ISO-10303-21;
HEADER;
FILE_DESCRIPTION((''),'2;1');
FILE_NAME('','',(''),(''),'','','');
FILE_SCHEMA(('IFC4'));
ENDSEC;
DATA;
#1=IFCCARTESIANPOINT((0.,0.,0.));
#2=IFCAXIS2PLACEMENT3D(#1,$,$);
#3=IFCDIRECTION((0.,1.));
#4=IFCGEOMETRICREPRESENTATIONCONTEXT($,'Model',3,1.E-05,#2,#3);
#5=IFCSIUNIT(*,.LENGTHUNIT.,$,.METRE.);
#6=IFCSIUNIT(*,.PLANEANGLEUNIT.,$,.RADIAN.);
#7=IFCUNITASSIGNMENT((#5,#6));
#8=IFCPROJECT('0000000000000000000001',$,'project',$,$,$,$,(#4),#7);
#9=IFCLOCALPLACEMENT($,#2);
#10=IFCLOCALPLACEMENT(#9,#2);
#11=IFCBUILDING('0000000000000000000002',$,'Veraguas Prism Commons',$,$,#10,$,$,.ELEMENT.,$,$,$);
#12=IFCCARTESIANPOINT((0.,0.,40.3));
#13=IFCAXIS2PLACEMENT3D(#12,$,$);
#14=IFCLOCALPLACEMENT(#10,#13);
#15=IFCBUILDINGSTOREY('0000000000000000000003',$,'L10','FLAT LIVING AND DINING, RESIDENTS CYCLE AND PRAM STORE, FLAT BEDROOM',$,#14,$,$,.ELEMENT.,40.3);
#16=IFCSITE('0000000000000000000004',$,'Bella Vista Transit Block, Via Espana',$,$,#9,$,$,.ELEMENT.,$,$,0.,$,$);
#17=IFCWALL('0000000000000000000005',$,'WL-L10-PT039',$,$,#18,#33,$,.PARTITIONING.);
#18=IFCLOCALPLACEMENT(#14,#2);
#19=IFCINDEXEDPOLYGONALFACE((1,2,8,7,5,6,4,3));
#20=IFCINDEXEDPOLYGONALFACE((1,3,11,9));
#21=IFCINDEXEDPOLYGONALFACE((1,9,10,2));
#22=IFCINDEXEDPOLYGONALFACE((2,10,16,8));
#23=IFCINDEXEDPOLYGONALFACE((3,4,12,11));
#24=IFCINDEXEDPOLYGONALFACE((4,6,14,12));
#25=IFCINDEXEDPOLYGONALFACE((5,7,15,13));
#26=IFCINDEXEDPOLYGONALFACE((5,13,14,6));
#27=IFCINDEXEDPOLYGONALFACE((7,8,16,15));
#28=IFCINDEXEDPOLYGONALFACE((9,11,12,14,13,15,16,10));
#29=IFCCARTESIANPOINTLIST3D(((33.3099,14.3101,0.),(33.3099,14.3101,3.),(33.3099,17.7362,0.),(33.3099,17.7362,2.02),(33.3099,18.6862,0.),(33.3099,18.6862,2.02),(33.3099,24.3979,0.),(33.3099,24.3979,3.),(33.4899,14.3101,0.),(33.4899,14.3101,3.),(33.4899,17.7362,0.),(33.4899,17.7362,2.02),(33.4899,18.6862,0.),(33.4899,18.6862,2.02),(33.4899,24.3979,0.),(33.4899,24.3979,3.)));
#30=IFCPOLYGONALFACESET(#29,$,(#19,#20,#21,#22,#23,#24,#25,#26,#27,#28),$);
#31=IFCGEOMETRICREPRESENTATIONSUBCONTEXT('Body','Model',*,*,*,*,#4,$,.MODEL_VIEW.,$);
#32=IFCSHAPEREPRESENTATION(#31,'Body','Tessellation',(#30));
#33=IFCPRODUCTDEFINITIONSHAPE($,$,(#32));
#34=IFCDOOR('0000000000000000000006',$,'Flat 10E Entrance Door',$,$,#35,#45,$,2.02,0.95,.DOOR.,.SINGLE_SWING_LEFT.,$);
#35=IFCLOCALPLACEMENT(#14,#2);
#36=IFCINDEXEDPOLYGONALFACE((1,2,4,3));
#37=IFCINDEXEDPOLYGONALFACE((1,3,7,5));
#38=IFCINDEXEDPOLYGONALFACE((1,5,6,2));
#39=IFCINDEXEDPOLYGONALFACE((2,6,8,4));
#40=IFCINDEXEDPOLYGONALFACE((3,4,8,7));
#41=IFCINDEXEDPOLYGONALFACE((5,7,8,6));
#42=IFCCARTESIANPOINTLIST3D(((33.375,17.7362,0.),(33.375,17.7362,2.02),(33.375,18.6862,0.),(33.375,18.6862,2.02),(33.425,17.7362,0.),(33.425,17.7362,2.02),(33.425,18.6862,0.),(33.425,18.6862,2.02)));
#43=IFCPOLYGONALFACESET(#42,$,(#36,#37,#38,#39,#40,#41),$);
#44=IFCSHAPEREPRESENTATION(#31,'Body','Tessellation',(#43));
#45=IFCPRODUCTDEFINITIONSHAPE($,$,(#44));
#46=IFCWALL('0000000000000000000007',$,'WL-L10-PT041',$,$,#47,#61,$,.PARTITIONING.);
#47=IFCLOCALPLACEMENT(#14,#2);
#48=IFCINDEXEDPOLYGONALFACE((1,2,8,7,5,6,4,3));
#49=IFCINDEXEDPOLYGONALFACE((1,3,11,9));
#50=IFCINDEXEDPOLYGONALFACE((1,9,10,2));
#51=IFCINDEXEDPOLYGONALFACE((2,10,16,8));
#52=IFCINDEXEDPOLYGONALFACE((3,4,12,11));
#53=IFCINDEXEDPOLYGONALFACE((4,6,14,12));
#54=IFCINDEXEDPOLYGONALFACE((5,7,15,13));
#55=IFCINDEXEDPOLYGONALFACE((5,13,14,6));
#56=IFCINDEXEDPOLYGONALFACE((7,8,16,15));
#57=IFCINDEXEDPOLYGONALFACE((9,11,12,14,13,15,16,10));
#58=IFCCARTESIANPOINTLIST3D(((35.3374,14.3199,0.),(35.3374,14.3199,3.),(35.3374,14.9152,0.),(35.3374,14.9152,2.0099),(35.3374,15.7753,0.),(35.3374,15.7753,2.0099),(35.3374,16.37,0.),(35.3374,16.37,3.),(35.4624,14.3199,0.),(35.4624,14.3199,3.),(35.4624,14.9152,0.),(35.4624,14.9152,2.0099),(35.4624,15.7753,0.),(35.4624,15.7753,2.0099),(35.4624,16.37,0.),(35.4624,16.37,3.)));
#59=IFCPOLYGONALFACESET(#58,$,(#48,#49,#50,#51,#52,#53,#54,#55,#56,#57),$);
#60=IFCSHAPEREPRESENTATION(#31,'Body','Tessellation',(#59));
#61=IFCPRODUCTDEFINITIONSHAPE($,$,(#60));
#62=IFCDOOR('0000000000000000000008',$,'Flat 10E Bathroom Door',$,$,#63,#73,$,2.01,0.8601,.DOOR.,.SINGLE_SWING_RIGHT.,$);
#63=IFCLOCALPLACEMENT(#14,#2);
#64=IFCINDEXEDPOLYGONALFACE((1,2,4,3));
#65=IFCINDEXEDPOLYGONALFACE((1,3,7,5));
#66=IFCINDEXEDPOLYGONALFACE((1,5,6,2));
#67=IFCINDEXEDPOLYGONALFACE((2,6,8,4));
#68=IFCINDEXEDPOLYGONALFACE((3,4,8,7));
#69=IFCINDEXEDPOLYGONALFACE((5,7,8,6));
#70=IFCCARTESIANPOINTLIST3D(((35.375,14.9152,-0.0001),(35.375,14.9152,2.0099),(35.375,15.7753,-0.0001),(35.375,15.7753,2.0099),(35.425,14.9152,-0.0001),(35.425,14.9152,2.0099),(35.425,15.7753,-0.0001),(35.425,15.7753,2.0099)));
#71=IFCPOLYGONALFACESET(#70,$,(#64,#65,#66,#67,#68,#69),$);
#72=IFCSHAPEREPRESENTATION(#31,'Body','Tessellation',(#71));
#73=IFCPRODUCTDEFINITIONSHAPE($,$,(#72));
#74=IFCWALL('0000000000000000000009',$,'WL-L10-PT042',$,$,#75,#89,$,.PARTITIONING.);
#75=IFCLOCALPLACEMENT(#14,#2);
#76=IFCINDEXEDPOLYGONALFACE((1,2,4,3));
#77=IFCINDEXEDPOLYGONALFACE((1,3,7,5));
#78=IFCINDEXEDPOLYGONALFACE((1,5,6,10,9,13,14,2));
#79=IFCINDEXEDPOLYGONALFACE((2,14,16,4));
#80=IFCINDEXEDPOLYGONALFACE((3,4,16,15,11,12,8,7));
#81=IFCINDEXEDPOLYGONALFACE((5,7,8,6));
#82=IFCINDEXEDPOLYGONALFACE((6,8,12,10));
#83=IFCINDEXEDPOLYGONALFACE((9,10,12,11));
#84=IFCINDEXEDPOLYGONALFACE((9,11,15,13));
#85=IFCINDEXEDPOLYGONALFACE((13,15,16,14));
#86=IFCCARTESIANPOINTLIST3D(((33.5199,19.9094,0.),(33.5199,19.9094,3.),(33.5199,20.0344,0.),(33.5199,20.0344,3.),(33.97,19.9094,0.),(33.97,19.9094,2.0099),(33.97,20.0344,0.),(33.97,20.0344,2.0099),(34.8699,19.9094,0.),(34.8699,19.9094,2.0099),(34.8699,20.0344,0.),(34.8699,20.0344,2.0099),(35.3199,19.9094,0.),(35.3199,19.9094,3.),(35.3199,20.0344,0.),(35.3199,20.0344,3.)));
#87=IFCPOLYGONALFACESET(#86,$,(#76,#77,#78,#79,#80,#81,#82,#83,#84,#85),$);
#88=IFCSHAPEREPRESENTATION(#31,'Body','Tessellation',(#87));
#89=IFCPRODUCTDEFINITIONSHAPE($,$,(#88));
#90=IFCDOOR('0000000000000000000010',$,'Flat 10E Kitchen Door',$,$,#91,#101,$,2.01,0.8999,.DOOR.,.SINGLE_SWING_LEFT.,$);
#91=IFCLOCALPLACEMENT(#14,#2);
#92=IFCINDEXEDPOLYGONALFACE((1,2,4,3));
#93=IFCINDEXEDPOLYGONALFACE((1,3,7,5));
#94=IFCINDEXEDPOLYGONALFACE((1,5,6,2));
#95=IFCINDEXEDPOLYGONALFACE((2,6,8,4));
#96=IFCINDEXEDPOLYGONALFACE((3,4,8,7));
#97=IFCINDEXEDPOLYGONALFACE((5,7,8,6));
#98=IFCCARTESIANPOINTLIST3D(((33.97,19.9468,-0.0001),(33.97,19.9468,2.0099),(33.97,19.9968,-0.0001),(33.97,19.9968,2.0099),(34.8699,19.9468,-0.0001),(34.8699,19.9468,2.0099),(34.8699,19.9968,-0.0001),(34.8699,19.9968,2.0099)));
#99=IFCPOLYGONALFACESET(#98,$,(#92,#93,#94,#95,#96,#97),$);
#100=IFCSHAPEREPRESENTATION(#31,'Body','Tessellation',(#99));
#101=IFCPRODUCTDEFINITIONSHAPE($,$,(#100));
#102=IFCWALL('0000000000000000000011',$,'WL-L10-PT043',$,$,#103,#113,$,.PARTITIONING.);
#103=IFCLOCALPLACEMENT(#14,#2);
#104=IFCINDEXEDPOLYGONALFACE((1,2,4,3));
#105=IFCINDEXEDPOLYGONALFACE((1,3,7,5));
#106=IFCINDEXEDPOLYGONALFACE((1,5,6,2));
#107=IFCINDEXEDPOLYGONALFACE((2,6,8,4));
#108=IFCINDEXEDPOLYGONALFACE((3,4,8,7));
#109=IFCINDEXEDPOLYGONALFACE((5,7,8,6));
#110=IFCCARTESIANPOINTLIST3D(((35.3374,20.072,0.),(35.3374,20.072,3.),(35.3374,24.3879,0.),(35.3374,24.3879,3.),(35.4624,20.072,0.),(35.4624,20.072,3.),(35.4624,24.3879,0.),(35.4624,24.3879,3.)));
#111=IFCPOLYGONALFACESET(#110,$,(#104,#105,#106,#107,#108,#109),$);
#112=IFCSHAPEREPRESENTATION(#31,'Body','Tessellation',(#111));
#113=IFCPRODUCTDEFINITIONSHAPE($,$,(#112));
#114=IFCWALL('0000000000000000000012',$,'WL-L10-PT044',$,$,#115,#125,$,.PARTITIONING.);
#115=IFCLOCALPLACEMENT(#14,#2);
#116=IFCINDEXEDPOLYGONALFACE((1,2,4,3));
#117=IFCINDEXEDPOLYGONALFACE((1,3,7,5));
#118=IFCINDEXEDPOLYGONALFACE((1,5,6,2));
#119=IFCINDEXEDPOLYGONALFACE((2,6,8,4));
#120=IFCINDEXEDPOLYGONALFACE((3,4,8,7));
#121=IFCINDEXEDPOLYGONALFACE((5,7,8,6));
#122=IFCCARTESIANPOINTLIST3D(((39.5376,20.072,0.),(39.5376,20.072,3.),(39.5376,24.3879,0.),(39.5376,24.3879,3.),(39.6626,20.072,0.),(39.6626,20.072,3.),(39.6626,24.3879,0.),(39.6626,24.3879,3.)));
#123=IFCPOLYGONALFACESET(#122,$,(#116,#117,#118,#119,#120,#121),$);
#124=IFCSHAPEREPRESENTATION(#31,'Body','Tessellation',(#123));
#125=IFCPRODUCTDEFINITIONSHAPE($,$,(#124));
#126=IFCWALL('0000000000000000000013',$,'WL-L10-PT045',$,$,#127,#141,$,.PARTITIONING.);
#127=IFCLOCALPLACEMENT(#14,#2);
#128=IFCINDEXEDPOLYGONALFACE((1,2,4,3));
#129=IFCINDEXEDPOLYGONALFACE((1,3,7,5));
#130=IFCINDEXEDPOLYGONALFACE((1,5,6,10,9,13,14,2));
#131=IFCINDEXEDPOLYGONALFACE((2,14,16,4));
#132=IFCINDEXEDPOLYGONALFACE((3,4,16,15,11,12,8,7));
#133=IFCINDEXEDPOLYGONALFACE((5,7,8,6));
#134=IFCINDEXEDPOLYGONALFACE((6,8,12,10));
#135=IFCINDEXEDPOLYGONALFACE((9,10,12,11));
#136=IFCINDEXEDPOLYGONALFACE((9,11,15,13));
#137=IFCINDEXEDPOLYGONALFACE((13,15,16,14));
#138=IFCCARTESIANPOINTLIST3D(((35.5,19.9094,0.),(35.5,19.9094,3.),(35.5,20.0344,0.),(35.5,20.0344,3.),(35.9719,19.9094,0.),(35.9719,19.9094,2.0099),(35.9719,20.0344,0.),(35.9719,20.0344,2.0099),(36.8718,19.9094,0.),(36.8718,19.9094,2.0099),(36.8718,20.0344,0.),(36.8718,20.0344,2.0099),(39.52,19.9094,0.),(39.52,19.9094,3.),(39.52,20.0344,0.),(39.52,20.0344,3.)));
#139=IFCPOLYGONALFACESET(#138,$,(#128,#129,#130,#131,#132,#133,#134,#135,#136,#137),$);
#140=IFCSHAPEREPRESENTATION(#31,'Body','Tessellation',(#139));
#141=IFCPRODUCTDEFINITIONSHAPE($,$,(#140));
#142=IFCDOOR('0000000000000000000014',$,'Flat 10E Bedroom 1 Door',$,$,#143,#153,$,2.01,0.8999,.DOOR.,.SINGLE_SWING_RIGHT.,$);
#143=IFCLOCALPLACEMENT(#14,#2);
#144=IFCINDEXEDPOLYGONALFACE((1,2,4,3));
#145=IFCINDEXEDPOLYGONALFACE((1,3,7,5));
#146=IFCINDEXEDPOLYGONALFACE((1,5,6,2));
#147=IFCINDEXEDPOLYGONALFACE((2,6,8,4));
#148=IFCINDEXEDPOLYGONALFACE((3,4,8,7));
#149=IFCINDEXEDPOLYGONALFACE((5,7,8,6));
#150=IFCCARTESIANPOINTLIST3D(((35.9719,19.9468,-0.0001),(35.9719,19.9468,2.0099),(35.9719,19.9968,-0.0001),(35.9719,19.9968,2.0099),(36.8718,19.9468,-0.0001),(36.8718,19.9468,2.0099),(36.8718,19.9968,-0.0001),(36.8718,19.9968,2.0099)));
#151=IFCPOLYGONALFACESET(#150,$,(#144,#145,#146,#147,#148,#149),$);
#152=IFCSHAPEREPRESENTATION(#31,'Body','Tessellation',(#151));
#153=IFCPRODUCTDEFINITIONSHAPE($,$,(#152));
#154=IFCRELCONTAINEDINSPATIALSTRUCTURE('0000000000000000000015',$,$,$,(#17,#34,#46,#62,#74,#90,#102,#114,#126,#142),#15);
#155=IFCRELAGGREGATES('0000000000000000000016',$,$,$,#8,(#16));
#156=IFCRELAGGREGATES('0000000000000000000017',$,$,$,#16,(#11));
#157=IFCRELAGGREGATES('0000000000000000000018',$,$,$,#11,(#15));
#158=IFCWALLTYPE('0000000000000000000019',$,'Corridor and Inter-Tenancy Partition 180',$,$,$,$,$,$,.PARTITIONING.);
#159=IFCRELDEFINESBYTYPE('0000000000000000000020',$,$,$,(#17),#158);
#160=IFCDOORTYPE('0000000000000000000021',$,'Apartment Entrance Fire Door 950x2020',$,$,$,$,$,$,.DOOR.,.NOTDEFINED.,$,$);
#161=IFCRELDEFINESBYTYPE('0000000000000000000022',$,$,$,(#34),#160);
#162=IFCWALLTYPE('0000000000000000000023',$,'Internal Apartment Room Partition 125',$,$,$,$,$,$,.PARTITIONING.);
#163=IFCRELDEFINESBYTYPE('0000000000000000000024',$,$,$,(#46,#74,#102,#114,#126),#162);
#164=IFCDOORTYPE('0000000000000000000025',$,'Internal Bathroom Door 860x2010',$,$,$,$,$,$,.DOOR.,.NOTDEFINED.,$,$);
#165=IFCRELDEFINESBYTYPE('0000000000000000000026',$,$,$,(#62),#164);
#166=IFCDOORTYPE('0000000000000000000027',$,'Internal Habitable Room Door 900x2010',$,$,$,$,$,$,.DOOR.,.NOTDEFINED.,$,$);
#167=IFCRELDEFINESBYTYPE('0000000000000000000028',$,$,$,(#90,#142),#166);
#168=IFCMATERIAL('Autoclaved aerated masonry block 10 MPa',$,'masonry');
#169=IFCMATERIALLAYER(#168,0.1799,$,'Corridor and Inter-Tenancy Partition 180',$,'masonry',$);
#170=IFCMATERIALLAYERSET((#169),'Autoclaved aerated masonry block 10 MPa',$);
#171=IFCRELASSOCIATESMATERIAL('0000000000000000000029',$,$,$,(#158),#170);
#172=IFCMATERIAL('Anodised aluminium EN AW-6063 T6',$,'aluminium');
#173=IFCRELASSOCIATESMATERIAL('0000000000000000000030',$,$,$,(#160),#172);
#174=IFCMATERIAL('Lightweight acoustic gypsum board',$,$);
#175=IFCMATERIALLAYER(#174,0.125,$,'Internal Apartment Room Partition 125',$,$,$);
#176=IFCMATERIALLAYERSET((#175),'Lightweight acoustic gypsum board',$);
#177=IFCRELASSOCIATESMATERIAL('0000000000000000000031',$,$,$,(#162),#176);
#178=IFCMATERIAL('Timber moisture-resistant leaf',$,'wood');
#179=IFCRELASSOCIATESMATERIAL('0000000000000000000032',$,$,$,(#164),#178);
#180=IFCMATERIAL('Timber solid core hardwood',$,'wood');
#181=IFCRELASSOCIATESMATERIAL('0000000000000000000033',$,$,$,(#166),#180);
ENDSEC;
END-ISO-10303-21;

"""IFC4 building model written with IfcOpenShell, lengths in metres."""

from ifc_helpers import new_model, si_unit, direction, frame, frame_2d, origin, place, context, subcontext, project, spatial, rectangle, extrude, source, transform, mapped, material, layer, layer_set, type_object, element, fill, save


model = new_model("IFC4")

# Units and contexts
model_context = context("Model", 3, precision=1e-05, world=origin(), true_north=direction((0.0, 1.0)))
body_context = subcontext(model_context, "Body", "Model", "MODEL_VIEW")
ifc_project = project(units=[si_unit("LENGTHUNIT", "METRE"), si_unit("PLANEANGLEUNIT", "RADIAN")], contexts=[model_context])

# Site, building, storey
site_placement = place(None, origin())
site = spatial("IfcSite", under=ifc_project, at=site_placement, Name="Bella Vista Transit Block, Via Espana", CompositionType="ELEMENT", RefElevation=0.0)
building_placement = place(site_placement, origin())
building = spatial("IfcBuilding", under=site, at=building_placement, Name="Veraguas Prism Commons", CompositionType="ELEMENT")
storey_placement = place(building_placement, frame((0.0, 0.0, 40.3)))
storey = spatial("IfcBuildingStorey", under=building, at=storey_placement, Name="L10", Description="FLAT LIVING AND DINING, RESIDENTS CYCLE AND PRAM STORE, FLAT BEDROOM", CompositionType="ELEMENT", Elevation=40.3)

# Shared definitions
ifc_material_1 = material(Name="Anodised aluminium EN AW-6063 T6", Category="aluminium")

# Walls, openings, doors
ifc_material_2 = material(Name="Autoclaved aerated masonry block 10 MPa", Category="masonry")
ifc_layer_1 = layer(ifc_material_2, 0.1799, Name="Corridor and Inter-Tenancy Partition 180", Category="masonry")
ifc_layer_set_1 = layer_set([ifc_layer_1], Name="Autoclaved aerated masonry block 10 MPa")
wall_type_1 = type_object("IfcWallType", Name="Corridor and Inter-Tenancy Partition 180", PredefinedType="PARTITIONING", material=ifc_layer_set_1)
wall_1_placement = place(storey_placement, frame((33.3999, 14.3101, 0.0), z_axis=(0.0, 0.0, 1.0), x_axis=(0.0, 1.0, 0.0)))
wall_1 = element("IfcWall", 1, at=wall_1_placement, inside=storey, type_object=wall_type_1, Name="WL-L10-PT039", PredefinedType="PARTITIONING", context=body_context, shape_type="SweptSolid", body=[
    extrude(rectangle(XDim=10.0879, YDim=0.1799, at=frame_2d((5.0439, 0.0))), origin(), (0.0, 0.0, 1.0), 3.0),
])
opening_1_placement = place(wall_1_placement, frame((3.426, 0.0, 0.0)))
opening_1 = element("IfcOpeningElement", 2, at=opening_1_placement, cuts=wall_1, PredefinedType="OPENING", context=body_context, shape_type="SweptSolid", body=[
    extrude(rectangle(XDim=0.95, YDim=2.02, at=frame_2d((0.4751, 1.01))), frame((0.0, 0.0999, 0.0), z_axis=(0.0, -1.0, 0.0), x_axis=(1.0, 0.0, 0.0)), (0.0, 0.0, 1.0), 0.2),
])
door_type_1 = type_object("IfcDoorType", Name="Apartment Entrance Fire Door 950x2020", OperationType="NOTDEFINED", PredefinedType="DOOR", material=ifc_material_1)
shared_shape_1 = source(origin(), body_context, "Body", "SweptSolid", [
    extrude(rectangle(XDim=0.95, YDim=2.02, at=frame_2d((0.4751, 1.01))), frame((0.0, 0.0249, 0.0), z_axis=(0.0, -1.0, 0.0), x_axis=(1.0, 0.0, 0.0)), (0.0, 0.0, 1.0), 0.05),
])
door_1_placement = place(opening_1_placement, origin())
door_1 = element("IfcDoor", 3, at=door_1_placement, inside=storey, type_object=door_type_1, Name="Flat 10E Entrance Door", OperationType="SINGLE_SWING_LEFT", OverallHeight=2.02, OverallWidth=0.95, PredefinedType="DOOR", context=body_context, shape_type="MappedRepresentation", body=[
    mapped(shared_shape_1, transform((0.0, 0.0, 0.0), scale=1.0)),
])
fill(opening_1, door_1)
ifc_material_3 = material(Name="Lightweight acoustic gypsum board")
ifc_layer_2 = layer(ifc_material_3, 0.125, Name="Internal Apartment Room Partition 125")
ifc_layer_set_2 = layer_set([ifc_layer_2], Name="Lightweight acoustic gypsum board")
wall_type_2 = type_object("IfcWallType", Name="Internal Apartment Room Partition 125", PredefinedType="PARTITIONING", material=ifc_layer_set_2)
wall_2_placement = place(storey_placement, frame((35.3999, 14.3201, 0.0), z_axis=(0.0, 0.0, 1.0), x_axis=(0.0, 1.0, 0.0)))
wall_2 = element("IfcWall", 4, at=wall_2_placement, inside=storey, type_object=wall_type_2, Name="WL-L10-PT041", PredefinedType="PARTITIONING", context=body_context, shape_type="SweptSolid", body=[
    extrude(rectangle(XDim=2.05, YDim=0.125, at=frame_2d((1.0249, 0.0))), origin(), (0.0, 0.0, 1.0), 3.0),
])
opening_2_placement = place(wall_2_placement, frame((0.595, 0.0, 0.0)))
opening_2 = element("IfcOpeningElement", 5, at=opening_2_placement, cuts=wall_2, PredefinedType="OPENING", context=body_context, shape_type="SweptSolid", body=[
    extrude(rectangle(XDim=0.8601, YDim=2.01, at=frame_2d((0.4302, 1.0049))), frame((0.0, 0.0725, 0.0), z_axis=(0.0, -1.0, 0.0), x_axis=(1.0, 0.0, 0.0)), (0.0, 0.0, 1.0), 0.145),
])
ifc_material_4 = material(Name="Timber moisture-resistant leaf", Category="wood")
door_type_2 = type_object("IfcDoorType", Name="Internal Bathroom Door 860x2010", OperationType="NOTDEFINED", PredefinedType="DOOR", material=ifc_material_4)
shared_shape_2 = source(origin(), body_context, "Body", "SweptSolid", [
    extrude(rectangle(XDim=0.8601, YDim=2.01, at=frame_2d((0.4302, 1.0049))), frame((0.0, 0.0249, 0.0), z_axis=(0.0, -1.0, 0.0), x_axis=(1.0, 0.0, 0.0)), (0.0, 0.0, 1.0), 0.05),
])
door_2_placement = place(opening_2_placement, origin())
door_2 = element("IfcDoor", 6, at=door_2_placement, inside=storey, type_object=door_type_2, Name="Flat 10E Bathroom Door", OperationType="SINGLE_SWING_RIGHT", OverallHeight=2.01, OverallWidth=0.8601, PredefinedType="DOOR", context=body_context, shape_type="MappedRepresentation", body=[
    mapped(shared_shape_2, transform((0.0, 0.0, 0.0), scale=1.0)),
])
fill(opening_2, door_2)
wall_3_placement = place(storey_placement, frame((33.52, 19.9719, 0.0), z_axis=(0.0, 0.0, 1.0), x_axis=(1.0, 0.0, 0.0)))
wall_3 = element("IfcWall", 7, at=wall_3_placement, inside=storey, type_object=wall_type_2, Name="WL-L10-PT042", PredefinedType="PARTITIONING", context=body_context, shape_type="SweptSolid", body=[
    extrude(rectangle(XDim=1.8, YDim=0.125, at=frame_2d((0.8999, 0.0))), origin(), (0.0, 0.0, 1.0), 3.0),
])
opening_3_placement = place(wall_3_placement, frame((0.45, 0.0, 0.0)))
opening_3 = element("IfcOpeningElement", 8, at=opening_3_placement, cuts=wall_3, PredefinedType="OPENING", context=body_context, shape_type="SweptSolid", body=[
    extrude(rectangle(XDim=0.8999, YDim=2.01, at=frame_2d((0.45, 1.0049))), frame((0.0, 0.0725, 0.0), z_axis=(0.0, -1.0, 0.0), x_axis=(1.0, 0.0, 0.0)), (0.0, 0.0, 1.0), 0.145),
])
ifc_material_5 = material(Name="Timber solid core hardwood", Category="wood")
door_type_3 = type_object("IfcDoorType", Name="Internal Habitable Room Door 900x2010", OperationType="NOTDEFINED", PredefinedType="DOOR", material=ifc_material_5)
shared_shape_3 = source(origin(), body_context, "Body", "SweptSolid", [
    extrude(rectangle(XDim=0.8999, YDim=2.01, at=frame_2d((0.45, 1.0049))), frame((0.0, 0.0249, 0.0), z_axis=(0.0, -1.0, 0.0), x_axis=(1.0, 0.0, 0.0)), (0.0, 0.0, 1.0), 0.05),
])
door_3_placement = place(opening_3_placement, origin())
door_3 = element("IfcDoor", 9, at=door_3_placement, inside=storey, type_object=door_type_3, Name="Flat 10E Kitchen Door", OperationType="SINGLE_SWING_LEFT", OverallHeight=2.01, OverallWidth=0.8999, PredefinedType="DOOR", context=body_context, shape_type="MappedRepresentation", body=[
    mapped(shared_shape_3, transform((0.0, 0.0, 0.0), scale=1.0)),
])
fill(opening_3, door_3)

# Walls
for number, where, z_axis, x_axis, name in (
    (10, (35.3999, 20.072, 0.0), (0.0, 0.0, 1.0), (0.0, 1.0, 0.0), "WL-L10-PT043"),
    (11, (39.6001, 20.072, 0.0), (0.0, 0.0, 1.0), (0.0, 1.0, 0.0), "WL-L10-PT044"),
):
    element("IfcWall", number, at=place(storey_placement, frame(where, z_axis=z_axis, x_axis=x_axis)), inside=storey, type_object=wall_type_2, Name=name, PredefinedType="PARTITIONING", context=body_context, shape_type="SweptSolid", body=[
        extrude(rectangle(XDim=4.3159, YDim=0.125, at=frame_2d((2.158, 0.0))), origin(), (0.0, 0.0, 1.0), 3.0),
    ])

# Wall, opening, door
wall_4_placement = place(storey_placement, frame((35.5, 19.9719, 0.0), z_axis=(0.0, 0.0, 1.0), x_axis=(1.0, 0.0, 0.0)))
wall_4 = element("IfcWall", 12, at=wall_4_placement, inside=storey, type_object=wall_type_2, Name="WL-L10-PT045", PredefinedType="PARTITIONING", context=body_context, shape_type="SweptSolid", body=[
    extrude(rectangle(XDim=4.02, YDim=0.125, at=frame_2d((2.01, 0.0))), origin(), (0.0, 0.0, 1.0), 3.0),
])
opening_4_placement = place(wall_4_placement, frame((0.4719, 0.0, 0.0)))
opening_4 = element("IfcOpeningElement", 13, at=opening_4_placement, cuts=wall_4, PredefinedType="OPENING", context=body_context, shape_type="SweptSolid", body=[
    extrude(rectangle(XDim=0.8999, YDim=2.01, at=frame_2d((0.45, 1.0049))), frame((0.0, 0.0725, 0.0), z_axis=(0.0, -1.0, 0.0), x_axis=(1.0, 0.0, 0.0)), (0.0, 0.0, 1.0), 0.145),
])
door_4_placement = place(opening_4_placement, origin())
door_4 = element("IfcDoor", 14, at=door_4_placement, inside=storey, type_object=door_type_3, Name="Flat 10E Bedroom 1 Door", OperationType="SINGLE_SWING_RIGHT", OverallHeight=2.01, OverallWidth=0.8999, PredefinedType="DOOR", context=body_context, shape_type="MappedRepresentation", body=[
    mapped(shared_shape_3, transform((0.0, 0.0, 0.0), scale=1.0)),
])
fill(opening_4, door_4)

save(model, "model.ifc")
